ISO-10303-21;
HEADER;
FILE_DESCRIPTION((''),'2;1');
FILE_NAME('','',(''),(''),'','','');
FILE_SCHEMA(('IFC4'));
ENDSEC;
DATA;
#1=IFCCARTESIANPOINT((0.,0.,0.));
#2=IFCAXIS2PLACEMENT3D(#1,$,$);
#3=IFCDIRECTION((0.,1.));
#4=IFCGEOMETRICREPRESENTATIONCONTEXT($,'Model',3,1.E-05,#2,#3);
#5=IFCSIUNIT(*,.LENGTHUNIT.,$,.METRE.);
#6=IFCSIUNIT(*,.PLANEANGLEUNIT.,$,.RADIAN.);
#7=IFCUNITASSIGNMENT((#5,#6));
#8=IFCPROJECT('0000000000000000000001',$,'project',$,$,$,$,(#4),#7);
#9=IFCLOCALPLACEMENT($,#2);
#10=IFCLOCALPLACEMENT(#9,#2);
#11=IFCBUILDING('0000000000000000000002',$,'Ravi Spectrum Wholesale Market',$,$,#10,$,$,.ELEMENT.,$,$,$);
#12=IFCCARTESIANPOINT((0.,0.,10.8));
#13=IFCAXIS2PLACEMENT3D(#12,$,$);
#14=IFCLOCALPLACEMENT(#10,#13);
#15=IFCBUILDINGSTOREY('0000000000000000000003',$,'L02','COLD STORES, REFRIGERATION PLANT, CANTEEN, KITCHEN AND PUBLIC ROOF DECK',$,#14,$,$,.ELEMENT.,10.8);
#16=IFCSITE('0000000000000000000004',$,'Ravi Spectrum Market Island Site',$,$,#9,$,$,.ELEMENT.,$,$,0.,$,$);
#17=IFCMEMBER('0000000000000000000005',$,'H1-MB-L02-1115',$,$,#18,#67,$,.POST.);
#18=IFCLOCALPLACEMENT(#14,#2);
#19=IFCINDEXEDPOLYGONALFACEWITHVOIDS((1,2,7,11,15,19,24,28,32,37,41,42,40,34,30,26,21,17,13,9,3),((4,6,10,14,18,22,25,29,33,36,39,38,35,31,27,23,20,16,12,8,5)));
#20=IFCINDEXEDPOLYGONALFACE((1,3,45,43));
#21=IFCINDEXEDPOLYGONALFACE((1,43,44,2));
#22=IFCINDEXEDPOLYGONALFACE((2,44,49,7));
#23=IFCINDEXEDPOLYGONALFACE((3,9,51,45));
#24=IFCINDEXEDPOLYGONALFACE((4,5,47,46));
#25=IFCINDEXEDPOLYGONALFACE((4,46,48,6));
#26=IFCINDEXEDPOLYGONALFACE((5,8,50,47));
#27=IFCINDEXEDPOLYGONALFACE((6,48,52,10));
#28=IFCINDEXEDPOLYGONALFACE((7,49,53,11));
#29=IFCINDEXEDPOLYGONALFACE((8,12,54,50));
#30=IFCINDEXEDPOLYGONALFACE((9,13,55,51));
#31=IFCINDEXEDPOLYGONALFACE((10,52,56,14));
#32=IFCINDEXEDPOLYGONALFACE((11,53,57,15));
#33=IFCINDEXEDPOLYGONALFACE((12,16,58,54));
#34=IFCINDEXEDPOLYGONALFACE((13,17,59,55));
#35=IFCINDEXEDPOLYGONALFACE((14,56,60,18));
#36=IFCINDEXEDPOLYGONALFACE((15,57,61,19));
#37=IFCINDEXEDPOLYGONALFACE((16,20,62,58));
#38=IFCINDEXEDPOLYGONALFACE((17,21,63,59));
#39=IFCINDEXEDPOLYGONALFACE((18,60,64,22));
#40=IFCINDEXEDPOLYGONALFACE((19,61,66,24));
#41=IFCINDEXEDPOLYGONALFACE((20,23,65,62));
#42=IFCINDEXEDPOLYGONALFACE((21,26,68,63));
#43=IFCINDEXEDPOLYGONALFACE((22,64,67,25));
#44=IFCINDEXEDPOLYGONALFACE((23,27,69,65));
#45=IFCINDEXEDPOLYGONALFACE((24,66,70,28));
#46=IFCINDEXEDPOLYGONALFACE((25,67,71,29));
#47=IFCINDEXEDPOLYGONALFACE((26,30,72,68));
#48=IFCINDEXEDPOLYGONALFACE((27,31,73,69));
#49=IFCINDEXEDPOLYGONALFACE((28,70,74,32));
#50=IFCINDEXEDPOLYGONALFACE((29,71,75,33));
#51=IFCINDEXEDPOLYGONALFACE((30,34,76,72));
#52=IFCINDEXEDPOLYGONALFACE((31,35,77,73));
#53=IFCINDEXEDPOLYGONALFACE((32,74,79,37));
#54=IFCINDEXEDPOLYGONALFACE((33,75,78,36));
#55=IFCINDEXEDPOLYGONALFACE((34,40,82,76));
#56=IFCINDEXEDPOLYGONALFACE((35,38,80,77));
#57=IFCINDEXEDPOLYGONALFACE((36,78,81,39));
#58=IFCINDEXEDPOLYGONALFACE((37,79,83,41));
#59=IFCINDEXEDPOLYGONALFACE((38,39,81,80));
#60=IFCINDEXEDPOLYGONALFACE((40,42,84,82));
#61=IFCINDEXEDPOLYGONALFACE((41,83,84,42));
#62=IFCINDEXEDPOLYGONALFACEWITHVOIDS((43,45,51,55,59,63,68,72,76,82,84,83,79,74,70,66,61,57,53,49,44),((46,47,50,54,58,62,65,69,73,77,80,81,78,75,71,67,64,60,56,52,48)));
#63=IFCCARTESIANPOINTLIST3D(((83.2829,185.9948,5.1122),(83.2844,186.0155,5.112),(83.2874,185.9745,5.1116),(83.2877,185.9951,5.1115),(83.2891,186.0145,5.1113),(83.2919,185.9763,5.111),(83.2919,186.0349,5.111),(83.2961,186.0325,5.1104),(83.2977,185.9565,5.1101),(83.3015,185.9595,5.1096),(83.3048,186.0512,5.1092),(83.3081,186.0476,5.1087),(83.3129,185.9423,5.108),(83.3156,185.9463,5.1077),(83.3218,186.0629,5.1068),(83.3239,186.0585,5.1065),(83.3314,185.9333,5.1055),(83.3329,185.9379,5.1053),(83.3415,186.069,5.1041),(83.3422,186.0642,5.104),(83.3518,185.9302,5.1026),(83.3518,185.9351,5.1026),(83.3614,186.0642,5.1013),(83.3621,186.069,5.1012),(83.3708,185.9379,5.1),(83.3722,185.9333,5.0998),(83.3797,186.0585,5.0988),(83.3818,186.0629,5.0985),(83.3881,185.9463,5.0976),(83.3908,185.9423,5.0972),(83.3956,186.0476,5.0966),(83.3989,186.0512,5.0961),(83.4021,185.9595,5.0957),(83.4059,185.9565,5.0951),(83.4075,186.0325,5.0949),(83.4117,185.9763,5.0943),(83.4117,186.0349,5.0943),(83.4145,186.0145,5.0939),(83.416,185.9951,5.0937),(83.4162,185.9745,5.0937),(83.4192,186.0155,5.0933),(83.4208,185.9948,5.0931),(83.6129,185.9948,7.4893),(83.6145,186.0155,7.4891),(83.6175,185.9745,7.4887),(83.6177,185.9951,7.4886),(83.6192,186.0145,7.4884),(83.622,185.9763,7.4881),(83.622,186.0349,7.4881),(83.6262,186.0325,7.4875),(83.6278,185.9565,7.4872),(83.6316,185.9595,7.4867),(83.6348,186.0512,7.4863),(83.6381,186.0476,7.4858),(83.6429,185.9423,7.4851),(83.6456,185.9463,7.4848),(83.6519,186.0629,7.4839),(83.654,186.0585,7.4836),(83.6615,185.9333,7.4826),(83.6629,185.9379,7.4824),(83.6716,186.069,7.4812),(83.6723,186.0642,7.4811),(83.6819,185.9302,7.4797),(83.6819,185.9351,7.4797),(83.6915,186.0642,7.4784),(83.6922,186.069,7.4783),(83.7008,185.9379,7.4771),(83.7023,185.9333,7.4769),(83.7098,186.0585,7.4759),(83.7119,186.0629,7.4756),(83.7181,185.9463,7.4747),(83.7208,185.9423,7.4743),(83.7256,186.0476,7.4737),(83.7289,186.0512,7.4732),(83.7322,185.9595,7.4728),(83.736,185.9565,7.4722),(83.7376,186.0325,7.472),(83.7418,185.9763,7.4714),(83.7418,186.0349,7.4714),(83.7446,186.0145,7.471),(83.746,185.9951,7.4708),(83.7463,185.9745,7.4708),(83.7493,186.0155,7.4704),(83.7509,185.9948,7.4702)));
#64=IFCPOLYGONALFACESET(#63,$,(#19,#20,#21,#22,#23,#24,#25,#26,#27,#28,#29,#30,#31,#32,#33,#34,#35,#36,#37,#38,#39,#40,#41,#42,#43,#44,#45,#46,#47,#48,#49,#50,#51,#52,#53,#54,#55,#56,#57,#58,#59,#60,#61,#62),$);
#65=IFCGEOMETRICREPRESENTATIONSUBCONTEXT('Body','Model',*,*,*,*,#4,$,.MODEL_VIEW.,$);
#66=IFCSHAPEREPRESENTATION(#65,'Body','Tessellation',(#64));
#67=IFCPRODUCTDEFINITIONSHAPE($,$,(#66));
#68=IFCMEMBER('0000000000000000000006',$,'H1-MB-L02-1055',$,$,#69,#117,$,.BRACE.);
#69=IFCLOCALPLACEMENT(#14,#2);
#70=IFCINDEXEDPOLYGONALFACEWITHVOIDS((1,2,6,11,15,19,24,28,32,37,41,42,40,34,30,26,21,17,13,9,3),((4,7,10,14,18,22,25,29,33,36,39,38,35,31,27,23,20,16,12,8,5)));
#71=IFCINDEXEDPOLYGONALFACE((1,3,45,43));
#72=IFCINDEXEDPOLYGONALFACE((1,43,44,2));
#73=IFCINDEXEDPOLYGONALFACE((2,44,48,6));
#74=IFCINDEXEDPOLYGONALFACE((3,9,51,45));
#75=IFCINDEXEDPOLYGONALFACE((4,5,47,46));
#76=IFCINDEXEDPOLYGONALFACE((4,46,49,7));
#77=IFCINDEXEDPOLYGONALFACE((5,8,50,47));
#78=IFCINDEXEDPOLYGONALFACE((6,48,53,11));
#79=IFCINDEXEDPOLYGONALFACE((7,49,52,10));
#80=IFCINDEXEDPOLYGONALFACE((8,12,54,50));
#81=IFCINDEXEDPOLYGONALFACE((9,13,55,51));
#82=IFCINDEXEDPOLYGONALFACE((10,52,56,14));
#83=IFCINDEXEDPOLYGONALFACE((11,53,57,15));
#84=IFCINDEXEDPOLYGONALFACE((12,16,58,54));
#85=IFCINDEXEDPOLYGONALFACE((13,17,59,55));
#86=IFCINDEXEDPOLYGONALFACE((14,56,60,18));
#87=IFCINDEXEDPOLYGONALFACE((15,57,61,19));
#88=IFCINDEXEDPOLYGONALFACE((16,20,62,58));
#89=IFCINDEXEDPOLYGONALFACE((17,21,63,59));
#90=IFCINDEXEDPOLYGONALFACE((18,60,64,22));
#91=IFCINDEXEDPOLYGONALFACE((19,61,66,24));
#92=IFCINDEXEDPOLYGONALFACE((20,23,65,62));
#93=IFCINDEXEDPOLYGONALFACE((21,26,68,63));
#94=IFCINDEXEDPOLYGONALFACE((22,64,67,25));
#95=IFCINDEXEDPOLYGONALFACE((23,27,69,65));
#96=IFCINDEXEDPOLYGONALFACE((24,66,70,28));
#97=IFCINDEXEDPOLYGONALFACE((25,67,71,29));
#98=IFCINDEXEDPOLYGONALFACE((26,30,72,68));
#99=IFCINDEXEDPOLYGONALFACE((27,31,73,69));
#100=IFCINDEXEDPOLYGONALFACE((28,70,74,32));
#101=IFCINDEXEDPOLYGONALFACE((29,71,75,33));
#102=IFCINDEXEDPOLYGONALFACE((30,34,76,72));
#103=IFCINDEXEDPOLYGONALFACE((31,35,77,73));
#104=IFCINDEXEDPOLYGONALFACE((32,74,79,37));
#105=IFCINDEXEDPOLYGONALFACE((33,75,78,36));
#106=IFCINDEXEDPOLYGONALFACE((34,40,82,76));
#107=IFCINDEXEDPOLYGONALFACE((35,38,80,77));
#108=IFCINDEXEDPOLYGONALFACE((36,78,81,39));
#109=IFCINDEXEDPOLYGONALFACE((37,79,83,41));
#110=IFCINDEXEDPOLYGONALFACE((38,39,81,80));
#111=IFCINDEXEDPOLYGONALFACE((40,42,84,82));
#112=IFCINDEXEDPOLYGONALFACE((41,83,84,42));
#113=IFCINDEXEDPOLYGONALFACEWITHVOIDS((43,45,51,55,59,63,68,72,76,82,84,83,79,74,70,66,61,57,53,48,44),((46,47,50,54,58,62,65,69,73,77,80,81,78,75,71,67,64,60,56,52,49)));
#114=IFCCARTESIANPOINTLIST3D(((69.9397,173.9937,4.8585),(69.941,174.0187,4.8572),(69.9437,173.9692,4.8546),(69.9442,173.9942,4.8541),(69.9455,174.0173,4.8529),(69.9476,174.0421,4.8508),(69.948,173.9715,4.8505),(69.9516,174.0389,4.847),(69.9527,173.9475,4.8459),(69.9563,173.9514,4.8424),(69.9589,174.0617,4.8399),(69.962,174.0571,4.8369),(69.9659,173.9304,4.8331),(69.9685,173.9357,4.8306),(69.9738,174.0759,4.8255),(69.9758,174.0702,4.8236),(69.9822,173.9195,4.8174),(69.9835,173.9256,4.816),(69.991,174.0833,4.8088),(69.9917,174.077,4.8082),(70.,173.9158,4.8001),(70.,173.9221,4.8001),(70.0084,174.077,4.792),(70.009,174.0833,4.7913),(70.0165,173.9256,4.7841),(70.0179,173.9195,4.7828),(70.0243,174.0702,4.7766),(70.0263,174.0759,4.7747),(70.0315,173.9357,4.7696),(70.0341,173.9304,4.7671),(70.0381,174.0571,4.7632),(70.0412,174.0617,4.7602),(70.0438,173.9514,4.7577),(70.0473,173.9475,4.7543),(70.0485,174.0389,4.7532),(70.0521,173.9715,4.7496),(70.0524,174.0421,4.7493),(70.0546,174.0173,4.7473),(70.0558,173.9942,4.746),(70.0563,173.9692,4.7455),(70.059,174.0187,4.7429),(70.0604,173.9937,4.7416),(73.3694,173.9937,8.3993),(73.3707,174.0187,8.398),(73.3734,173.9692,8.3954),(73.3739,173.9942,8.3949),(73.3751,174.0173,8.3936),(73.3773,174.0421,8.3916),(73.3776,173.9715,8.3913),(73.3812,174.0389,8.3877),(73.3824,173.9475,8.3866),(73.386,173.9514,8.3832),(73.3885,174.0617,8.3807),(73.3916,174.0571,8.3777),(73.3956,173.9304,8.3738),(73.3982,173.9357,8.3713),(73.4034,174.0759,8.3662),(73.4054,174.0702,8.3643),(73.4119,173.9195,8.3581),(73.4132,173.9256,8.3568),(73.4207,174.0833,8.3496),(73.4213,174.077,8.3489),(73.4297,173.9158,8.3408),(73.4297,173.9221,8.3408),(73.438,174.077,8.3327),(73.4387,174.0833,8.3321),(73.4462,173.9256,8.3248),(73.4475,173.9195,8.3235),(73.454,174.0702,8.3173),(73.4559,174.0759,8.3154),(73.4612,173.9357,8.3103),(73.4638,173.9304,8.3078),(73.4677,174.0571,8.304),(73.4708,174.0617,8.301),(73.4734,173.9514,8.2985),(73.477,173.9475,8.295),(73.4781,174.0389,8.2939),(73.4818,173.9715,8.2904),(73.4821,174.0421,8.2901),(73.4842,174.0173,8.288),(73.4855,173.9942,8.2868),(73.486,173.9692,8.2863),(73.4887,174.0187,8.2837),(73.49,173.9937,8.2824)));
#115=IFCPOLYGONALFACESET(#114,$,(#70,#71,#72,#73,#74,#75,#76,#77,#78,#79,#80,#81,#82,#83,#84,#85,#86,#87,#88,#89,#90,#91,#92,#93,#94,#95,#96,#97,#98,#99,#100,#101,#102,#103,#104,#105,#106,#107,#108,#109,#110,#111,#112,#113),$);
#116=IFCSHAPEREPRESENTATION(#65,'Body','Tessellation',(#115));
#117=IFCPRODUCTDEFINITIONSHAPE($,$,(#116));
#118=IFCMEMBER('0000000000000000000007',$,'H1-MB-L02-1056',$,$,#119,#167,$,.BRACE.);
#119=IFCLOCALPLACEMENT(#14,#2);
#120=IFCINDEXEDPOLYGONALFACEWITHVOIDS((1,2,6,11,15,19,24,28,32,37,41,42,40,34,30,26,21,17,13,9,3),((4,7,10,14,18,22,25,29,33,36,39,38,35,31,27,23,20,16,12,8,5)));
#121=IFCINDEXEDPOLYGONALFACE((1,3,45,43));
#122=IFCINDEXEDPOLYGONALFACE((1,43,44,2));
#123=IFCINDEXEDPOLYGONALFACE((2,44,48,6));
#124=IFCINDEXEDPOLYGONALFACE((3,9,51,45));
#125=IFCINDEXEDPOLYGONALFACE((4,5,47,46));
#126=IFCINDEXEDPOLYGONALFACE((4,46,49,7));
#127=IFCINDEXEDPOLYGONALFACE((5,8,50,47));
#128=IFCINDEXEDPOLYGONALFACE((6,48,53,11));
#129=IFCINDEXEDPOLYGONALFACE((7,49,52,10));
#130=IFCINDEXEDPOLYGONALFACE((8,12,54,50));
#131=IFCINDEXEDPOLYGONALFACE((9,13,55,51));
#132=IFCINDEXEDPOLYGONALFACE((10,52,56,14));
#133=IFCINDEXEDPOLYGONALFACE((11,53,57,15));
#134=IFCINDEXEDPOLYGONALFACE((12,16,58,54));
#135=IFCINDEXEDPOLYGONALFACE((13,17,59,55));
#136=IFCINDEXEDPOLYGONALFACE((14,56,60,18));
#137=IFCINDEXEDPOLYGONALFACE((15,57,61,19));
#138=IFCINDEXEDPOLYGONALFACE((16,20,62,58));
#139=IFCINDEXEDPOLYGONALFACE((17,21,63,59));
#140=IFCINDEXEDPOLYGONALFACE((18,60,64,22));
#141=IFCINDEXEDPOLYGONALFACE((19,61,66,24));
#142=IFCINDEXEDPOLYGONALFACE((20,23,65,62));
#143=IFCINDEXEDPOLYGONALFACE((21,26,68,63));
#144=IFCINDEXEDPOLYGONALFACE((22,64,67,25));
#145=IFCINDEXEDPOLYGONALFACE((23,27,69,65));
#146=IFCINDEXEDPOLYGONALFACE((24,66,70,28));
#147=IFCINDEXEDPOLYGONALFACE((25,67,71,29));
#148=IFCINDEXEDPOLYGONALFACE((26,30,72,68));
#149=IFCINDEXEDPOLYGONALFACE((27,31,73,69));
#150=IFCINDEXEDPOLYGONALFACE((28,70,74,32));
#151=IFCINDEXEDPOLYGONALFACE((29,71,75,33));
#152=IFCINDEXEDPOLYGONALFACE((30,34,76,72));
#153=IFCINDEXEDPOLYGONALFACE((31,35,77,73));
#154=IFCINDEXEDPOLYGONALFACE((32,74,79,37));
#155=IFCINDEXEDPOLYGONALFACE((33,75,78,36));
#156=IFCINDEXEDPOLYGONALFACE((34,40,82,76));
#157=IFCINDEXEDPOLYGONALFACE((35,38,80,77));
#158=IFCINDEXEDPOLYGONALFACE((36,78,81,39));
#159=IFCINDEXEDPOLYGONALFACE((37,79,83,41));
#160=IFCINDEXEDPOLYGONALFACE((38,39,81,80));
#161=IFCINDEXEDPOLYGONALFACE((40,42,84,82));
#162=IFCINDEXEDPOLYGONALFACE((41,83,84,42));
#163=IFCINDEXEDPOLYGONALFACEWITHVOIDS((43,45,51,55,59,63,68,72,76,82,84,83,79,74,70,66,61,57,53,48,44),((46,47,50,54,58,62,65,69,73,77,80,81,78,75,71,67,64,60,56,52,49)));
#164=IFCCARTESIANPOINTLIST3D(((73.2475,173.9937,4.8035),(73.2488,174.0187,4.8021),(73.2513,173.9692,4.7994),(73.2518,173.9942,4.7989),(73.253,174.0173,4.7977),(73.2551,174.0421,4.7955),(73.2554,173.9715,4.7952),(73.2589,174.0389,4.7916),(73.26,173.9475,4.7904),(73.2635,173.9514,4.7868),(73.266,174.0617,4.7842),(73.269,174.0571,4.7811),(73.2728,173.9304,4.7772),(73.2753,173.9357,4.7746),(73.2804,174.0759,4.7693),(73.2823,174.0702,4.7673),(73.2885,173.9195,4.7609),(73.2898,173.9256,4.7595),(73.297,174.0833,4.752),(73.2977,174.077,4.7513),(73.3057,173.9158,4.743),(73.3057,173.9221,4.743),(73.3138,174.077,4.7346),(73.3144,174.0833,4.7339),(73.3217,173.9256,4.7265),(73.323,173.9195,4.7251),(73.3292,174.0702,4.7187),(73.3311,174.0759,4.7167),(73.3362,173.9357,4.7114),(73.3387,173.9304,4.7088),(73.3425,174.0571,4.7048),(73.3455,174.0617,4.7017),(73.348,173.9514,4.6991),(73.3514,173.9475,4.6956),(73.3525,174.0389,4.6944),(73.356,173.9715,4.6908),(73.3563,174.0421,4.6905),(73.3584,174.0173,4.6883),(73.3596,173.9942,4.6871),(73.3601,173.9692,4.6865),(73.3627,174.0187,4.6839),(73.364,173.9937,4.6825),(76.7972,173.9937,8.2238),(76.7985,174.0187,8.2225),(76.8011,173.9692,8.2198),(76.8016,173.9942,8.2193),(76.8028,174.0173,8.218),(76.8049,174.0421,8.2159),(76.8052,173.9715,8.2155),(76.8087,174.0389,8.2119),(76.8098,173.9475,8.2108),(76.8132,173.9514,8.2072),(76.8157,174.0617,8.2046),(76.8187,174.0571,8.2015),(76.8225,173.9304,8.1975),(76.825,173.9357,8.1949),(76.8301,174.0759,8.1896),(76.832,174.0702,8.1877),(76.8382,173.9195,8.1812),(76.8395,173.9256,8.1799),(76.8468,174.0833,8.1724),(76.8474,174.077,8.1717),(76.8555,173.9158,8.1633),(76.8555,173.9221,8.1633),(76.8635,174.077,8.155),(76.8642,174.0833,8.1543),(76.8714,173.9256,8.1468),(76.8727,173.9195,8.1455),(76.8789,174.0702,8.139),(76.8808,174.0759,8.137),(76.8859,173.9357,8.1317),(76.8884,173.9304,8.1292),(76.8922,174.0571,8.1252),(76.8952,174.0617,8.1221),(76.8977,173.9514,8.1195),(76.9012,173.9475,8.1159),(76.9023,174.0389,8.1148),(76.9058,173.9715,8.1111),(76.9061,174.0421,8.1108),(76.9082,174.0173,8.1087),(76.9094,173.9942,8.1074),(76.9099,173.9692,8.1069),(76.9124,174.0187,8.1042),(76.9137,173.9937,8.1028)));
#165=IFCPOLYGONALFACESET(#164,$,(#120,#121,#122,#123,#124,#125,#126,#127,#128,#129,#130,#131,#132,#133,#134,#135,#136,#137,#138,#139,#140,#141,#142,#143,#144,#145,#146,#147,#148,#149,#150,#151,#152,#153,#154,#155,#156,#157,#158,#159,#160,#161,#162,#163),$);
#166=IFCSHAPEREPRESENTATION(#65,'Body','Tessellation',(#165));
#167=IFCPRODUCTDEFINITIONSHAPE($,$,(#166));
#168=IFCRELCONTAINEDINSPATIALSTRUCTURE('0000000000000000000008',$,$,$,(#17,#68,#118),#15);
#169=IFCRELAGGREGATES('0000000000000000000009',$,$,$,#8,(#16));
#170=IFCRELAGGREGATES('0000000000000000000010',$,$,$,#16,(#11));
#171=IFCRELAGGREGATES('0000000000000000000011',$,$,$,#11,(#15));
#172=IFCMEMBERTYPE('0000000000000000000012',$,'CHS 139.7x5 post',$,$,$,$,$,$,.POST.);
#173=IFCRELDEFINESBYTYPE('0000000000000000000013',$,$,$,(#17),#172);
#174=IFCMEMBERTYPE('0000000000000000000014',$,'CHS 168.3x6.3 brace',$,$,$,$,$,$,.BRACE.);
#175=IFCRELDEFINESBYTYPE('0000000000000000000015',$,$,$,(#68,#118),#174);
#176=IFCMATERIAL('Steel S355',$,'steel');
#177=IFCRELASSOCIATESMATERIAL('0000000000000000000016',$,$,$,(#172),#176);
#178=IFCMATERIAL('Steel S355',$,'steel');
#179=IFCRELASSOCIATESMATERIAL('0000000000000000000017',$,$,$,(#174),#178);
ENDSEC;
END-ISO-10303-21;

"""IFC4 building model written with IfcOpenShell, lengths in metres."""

from ifc_helpers import new_model, si_unit, direction, frame, origin, origin_2d, place, context, subcontext, project, spatial, hollow_circle, extrude, material, material_profile, profile_set, type_object, element, save


model = new_model("IFC4")

# Units and contexts
model_context = context("Model", 3, precision=1e-05, world=origin(), true_north=direction((0.0, 1.0)))
body_context = subcontext(model_context, "Body", "Model", "MODEL_VIEW")
ifc_project = project(units=[si_unit("LENGTHUNIT", "METRE"), si_unit("PLANEANGLEUNIT", "RADIAN")], contexts=[model_context])

# Site, building, storey
site_placement = place(None, origin())
site = spatial("IfcSite", under=ifc_project, at=site_placement, Name="Ravi Spectrum Market Island Site", CompositionType="ELEMENT", RefElevation=0.0)
building_placement = place(site_placement, origin())
building = spatial("IfcBuilding", under=site, at=building_placement, Name="Ravi Spectrum Wholesale Market", CompositionType="ELEMENT")
storey_placement = place(building_placement, frame((0.0, 0.0, 10.8)))
storey = spatial("IfcBuildingStorey", under=building, at=storey_placement, Name="L02", Description="COLD STORES, REFRIGERATION PLANT, CANTEEN, KITCHEN AND PUBLIC ROOF DECK", CompositionType="ELEMENT", Elevation=10.8)

# Members
ifc_material_1 = material(Name="Steel S355", Category="steel")
ifc_material_profile_1 = material_profile(ifc_material_1, hollow_circle(Radius=0.0698, WallThickness=0.0049, at=origin_2d()))
ifc_profile_set_1 = profile_set([ifc_material_profile_1], Name="Steel S355")
member_type_1 = type_object("IfcMemberType", Name="CHS 139.7x5 post", PredefinedType="POST", material=ifc_profile_set_1)
member_1_placement = place(storey_placement, frame((83.6819, 186.0, 7.4797), z_axis=(-0.137532, 0.0, -0.990497), x_axis=(0.0, -1.0, 0.0)))
element("IfcMember", 1, at=member_1_placement, inside=storey, type_object=member_type_1, Name="H1-MB-L02-1115", PredefinedType="POST", context=body_context, shape_type="SweptSolid", body=[
    extrude(hollow_circle(Radius=0.0698, WallThickness=0.0049, at=origin_2d()), origin(), (0.0, 0.0, 1.0), 2.3999),
])
ifc_material_2 = material(Name="Steel S355", Category="steel")
ifc_material_profile_2 = material_profile(ifc_material_2, hollow_circle(Radius=0.0842, WallThickness=0.0063, at=origin_2d()))
ifc_profile_set_2 = profile_set([ifc_material_profile_2], Name="Steel S355")
member_type_2 = type_object("IfcMemberType", Name="CHS 168.3x6.3 brace", PredefinedType="BRACE", material=ifc_profile_set_2)
for number, where, z_axis, x_axis, name in (
    (2, (73.4297, 174.0, 8.3408), (-0.69575, 0.0, -0.718284), (0.0, -1.0, 0.0), "H1-MB-L02-1055"),
    (3, (76.8555, 174.0, 8.1633), (-0.720109, 0.0, -0.693861), (0.0, -1.0, 0.0), "H1-MB-L02-1056"),
):
    element("IfcMember", number, at=place(storey_placement, frame(where, z_axis=z_axis, x_axis=x_axis)), inside=storey, type_object=member_type_2, Name=name, PredefinedType="BRACE", context=body_context, shape_type="SweptSolid", body=[
        extrude(hollow_circle(Radius=0.0842, WallThickness=0.0063, at=origin_2d()), origin(), (0.0, 0.0, 1.0), 4.9294),
    ])

save(model, "model.ifc")
